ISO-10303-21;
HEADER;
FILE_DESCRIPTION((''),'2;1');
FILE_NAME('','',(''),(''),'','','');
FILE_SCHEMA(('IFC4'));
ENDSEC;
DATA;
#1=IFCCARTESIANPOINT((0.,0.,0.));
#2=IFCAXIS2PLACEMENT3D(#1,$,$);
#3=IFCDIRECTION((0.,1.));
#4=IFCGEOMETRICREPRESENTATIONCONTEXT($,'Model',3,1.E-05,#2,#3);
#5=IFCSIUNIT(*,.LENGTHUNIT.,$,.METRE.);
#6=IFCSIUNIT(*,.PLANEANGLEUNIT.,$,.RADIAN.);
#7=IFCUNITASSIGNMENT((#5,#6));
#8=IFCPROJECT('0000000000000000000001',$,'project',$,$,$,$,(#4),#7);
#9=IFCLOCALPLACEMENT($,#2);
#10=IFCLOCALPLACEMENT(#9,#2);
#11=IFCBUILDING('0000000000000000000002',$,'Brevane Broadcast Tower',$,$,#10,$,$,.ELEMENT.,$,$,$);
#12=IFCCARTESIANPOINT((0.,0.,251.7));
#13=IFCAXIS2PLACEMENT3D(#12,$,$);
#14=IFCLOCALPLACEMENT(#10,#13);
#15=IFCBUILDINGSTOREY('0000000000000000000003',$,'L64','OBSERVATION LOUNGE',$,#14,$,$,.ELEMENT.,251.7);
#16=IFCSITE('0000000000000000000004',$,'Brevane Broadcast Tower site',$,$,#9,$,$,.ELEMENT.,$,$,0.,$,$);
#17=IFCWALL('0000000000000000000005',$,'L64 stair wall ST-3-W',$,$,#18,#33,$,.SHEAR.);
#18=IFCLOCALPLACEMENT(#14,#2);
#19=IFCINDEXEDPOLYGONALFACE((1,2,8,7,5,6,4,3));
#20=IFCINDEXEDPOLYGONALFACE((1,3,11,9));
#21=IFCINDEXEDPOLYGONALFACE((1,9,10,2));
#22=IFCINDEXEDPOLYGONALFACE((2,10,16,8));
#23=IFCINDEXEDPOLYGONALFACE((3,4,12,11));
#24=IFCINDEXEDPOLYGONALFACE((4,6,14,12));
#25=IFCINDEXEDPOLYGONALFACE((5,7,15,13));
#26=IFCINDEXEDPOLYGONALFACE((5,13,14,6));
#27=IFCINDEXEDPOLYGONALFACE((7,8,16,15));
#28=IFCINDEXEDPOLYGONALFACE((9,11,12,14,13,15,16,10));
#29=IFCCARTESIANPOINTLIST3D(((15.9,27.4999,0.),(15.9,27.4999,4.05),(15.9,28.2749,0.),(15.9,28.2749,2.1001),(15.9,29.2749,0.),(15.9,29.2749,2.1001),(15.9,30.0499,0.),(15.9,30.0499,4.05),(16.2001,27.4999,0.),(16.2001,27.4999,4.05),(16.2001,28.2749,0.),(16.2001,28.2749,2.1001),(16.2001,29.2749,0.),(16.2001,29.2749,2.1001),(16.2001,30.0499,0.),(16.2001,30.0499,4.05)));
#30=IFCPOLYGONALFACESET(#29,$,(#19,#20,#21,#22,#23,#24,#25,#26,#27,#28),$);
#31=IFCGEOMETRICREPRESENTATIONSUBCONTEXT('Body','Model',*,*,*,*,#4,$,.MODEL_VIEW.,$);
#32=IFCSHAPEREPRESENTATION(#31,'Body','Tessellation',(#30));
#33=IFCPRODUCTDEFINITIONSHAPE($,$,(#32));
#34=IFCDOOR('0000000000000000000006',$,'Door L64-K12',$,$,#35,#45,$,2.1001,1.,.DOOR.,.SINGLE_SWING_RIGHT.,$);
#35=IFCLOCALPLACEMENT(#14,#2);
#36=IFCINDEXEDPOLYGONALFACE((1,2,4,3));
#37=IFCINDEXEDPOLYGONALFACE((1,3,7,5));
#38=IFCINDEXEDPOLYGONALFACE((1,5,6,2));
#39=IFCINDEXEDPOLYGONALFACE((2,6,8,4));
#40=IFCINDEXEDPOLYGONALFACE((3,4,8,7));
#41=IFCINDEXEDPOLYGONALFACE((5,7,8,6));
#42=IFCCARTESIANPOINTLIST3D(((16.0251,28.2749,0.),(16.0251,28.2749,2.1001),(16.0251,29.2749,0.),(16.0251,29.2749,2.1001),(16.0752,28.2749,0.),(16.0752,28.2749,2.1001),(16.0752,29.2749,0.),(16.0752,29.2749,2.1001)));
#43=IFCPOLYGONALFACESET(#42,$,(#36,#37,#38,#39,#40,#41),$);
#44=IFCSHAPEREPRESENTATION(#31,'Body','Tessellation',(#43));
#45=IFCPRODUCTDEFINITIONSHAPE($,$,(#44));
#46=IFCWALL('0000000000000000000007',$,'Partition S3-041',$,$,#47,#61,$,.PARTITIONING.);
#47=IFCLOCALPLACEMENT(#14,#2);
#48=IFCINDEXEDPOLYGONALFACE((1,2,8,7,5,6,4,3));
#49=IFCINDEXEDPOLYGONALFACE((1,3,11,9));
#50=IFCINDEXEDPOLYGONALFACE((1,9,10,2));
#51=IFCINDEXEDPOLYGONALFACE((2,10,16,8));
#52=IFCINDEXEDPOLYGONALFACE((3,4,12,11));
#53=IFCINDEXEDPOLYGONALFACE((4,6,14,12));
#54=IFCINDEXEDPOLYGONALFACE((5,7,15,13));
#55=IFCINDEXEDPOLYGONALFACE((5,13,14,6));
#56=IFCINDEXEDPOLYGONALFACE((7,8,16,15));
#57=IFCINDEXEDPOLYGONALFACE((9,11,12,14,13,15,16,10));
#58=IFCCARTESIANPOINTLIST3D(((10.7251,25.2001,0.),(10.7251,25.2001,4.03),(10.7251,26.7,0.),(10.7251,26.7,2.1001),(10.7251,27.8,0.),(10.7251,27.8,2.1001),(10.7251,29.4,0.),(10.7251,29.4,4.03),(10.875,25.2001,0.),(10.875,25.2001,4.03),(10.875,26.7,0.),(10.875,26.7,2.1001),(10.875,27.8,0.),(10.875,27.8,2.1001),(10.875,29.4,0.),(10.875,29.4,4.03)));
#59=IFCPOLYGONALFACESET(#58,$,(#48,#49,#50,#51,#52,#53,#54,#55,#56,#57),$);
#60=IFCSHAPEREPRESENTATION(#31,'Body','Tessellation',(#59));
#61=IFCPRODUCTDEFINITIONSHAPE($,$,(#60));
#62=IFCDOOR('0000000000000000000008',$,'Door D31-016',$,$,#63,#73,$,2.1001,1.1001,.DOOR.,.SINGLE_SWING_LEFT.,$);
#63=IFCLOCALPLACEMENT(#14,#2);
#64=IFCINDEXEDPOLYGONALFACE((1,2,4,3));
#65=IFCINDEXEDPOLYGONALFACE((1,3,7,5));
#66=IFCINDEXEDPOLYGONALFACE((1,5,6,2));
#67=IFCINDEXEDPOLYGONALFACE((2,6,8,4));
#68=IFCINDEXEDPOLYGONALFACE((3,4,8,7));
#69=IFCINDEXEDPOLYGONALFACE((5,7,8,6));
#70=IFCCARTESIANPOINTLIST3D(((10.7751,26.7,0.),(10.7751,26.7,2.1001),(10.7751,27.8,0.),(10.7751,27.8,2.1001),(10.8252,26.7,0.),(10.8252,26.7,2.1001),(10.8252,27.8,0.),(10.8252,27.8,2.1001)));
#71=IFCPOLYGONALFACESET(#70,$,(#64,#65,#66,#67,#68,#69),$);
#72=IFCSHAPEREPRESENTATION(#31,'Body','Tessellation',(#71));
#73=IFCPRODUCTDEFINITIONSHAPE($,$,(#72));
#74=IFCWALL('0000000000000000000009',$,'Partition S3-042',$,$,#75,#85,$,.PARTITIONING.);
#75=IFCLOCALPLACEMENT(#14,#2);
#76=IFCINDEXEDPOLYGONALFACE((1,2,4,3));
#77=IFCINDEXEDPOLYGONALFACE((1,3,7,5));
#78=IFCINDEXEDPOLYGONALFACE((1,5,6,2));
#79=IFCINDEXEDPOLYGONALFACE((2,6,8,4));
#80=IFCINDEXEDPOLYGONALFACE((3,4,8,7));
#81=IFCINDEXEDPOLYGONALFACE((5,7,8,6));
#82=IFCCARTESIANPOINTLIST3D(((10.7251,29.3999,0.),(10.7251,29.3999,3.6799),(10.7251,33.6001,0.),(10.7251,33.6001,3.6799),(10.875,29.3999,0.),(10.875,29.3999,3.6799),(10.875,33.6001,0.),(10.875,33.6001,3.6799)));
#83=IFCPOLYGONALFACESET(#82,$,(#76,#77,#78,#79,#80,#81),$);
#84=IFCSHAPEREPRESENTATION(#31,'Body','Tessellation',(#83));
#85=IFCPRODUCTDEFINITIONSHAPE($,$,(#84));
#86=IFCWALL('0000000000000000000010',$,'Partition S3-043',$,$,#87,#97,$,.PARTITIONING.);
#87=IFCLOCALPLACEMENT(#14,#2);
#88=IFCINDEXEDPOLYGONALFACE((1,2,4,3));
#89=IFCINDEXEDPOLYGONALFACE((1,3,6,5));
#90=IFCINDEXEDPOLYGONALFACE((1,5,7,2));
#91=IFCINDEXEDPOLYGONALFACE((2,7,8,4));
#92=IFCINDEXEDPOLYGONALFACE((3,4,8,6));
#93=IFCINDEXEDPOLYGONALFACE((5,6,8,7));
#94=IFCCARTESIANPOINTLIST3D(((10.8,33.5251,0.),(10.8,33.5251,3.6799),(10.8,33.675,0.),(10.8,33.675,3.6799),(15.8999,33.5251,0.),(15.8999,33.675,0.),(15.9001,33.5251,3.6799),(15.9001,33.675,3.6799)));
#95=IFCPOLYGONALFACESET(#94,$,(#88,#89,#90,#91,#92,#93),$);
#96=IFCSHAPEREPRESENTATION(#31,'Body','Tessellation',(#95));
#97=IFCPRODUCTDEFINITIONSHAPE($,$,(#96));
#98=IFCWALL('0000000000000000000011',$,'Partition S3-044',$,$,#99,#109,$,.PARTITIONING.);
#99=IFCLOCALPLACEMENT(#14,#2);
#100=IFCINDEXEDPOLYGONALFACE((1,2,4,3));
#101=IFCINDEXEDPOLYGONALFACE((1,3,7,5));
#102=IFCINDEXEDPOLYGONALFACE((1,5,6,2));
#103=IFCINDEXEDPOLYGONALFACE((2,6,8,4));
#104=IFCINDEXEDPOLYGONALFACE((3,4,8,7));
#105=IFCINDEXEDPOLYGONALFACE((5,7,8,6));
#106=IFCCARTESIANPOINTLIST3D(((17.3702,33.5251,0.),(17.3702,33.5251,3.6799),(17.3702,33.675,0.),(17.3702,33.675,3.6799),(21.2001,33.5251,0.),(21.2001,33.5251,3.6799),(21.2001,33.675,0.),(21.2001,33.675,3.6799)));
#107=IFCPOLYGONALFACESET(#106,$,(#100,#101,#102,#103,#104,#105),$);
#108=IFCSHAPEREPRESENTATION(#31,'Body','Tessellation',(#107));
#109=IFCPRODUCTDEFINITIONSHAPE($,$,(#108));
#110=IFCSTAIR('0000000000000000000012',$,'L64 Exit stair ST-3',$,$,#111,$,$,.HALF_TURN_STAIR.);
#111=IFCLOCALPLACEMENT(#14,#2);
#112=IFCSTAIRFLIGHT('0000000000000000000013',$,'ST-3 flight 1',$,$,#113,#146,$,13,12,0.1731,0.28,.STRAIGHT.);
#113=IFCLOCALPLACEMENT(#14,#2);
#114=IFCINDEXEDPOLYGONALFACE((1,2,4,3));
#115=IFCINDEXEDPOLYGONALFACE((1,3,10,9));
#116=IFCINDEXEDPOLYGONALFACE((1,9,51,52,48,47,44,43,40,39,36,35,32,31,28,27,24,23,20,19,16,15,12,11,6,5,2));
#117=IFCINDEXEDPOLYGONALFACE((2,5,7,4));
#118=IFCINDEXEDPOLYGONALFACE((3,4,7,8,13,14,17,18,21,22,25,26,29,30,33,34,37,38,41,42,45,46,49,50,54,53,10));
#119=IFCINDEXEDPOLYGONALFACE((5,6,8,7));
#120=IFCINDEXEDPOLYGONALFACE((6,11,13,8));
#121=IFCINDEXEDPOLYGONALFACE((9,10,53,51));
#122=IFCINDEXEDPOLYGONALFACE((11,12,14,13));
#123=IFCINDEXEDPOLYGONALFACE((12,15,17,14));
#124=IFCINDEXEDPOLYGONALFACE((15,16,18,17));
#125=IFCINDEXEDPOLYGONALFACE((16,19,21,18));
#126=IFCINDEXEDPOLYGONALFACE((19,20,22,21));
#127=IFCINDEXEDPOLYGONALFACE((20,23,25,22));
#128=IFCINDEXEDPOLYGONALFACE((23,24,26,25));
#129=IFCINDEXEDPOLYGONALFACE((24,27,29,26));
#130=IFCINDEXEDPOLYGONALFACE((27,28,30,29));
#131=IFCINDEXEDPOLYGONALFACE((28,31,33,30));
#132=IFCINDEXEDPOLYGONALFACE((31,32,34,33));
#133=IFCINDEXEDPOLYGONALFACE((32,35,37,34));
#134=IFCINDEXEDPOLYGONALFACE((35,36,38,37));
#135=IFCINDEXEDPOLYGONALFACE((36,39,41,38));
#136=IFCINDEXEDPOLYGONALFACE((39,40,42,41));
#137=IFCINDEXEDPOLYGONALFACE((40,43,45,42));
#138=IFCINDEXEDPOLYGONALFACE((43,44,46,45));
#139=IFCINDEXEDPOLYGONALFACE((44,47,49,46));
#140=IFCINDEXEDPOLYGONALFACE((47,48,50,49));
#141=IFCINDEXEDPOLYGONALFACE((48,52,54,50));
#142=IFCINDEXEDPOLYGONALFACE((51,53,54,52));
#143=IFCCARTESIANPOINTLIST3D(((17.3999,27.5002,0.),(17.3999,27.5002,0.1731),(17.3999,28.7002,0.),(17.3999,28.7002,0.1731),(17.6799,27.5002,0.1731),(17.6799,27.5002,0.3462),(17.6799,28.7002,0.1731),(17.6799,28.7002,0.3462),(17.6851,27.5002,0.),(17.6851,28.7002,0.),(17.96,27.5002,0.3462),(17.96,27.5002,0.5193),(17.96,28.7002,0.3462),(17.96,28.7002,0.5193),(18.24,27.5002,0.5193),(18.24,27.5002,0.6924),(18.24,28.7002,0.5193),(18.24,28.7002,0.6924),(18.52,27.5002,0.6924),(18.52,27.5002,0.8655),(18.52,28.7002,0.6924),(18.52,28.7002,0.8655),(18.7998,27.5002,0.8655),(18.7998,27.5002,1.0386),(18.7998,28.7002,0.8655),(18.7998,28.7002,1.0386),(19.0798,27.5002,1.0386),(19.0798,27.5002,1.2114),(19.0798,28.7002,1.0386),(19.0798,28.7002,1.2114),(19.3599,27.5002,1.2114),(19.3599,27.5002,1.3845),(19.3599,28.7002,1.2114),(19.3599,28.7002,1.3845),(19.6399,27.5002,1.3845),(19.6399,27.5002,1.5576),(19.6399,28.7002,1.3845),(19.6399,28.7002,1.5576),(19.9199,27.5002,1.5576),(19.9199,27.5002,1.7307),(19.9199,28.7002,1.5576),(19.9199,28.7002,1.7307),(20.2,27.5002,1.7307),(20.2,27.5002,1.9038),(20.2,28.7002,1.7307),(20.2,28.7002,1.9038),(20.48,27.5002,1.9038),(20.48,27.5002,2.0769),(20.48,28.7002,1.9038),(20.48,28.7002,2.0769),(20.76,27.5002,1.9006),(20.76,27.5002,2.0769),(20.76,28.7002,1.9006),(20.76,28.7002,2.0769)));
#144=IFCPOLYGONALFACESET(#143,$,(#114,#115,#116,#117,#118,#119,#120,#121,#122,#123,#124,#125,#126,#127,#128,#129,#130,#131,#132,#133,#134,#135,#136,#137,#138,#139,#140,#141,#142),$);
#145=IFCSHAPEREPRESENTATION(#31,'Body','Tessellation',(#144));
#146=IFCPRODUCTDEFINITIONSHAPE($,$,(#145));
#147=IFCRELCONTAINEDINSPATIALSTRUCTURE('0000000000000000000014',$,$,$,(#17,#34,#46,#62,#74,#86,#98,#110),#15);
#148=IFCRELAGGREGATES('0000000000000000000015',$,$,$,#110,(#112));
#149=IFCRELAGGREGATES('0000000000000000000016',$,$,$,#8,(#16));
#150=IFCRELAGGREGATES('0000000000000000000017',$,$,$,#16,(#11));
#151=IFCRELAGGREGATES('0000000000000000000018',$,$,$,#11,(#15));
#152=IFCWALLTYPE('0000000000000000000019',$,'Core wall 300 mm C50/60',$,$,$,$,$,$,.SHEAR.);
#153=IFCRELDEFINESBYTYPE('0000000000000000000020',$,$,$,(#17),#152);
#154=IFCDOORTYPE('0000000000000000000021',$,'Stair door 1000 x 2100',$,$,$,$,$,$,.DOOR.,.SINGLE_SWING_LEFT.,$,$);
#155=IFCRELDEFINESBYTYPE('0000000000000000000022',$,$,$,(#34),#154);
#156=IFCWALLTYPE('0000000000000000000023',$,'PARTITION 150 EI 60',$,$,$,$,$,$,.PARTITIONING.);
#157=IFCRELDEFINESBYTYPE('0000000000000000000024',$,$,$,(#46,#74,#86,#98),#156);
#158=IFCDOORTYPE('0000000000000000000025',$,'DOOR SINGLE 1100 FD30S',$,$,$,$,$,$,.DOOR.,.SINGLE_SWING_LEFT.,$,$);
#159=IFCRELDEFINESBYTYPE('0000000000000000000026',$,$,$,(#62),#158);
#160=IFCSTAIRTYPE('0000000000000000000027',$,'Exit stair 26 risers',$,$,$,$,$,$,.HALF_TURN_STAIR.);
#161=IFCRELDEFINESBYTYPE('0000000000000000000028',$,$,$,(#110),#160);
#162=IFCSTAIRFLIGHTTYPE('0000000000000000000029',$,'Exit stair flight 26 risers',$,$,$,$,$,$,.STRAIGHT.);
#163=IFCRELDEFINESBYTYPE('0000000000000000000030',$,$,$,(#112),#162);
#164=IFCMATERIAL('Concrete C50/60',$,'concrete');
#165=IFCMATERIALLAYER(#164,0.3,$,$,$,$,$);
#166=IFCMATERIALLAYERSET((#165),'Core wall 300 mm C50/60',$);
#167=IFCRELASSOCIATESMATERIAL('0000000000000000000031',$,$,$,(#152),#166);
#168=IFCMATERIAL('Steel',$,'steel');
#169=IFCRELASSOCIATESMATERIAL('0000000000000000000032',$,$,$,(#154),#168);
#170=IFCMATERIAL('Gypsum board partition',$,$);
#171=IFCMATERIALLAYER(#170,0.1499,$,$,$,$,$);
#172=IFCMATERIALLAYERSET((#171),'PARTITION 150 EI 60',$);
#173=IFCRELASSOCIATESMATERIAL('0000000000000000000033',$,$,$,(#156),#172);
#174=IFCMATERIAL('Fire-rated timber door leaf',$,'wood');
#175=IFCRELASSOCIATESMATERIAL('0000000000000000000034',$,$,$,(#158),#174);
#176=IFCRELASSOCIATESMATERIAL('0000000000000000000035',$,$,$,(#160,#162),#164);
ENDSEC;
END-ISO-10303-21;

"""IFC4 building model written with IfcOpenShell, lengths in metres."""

from ifc_helpers import new_model, si_unit, direction, frame, frame_2d, origin, place, context, subcontext, project, spatial, polyline, rectangle, outline, extrude, material, layer, layer_set, type_object, element, fill, aggregate, save


model = new_model("IFC4")

# Units and contexts
model_context = context("Model", 3, precision=1e-05, world=origin(), true_north=direction((0.0, 1.0)))
body_context = subcontext(model_context, "Body", "Model", "MODEL_VIEW")
ifc_project = project(units=[si_unit("LENGTHUNIT", "METRE"), si_unit("PLANEANGLEUNIT", "RADIAN")], contexts=[model_context])

# Site, building, storey
site_placement = place(None, origin())
site = spatial("IfcSite", under=ifc_project, at=site_placement, Name="Brevane Broadcast Tower site", CompositionType="ELEMENT", RefElevation=0.0)
building_placement = place(site_placement, origin())
building = spatial("IfcBuilding", under=site, at=building_placement, Name="Brevane Broadcast Tower", CompositionType="ELEMENT")
storey_placement = place(building_placement, frame((0.0, 0.0, 251.7)))
storey = spatial("IfcBuildingStorey", under=building, at=storey_placement, Name="L64", Description="OBSERVATION LOUNGE", CompositionType="ELEMENT", Elevation=251.7)

# Shared definitions
ifc_material_1 = material(Name="Concrete C50/60", Category="concrete")

# Shared definitions
ifc_layer_1 = layer(ifc_material_1, 0.3)
ifc_layer_set_1 = layer_set([ifc_layer_1], Name="Core wall 300 mm C50/60")
wall_type_1 = type_object("IfcWallType", Name="Core wall 300 mm C50/60", PredefinedType="SHEAR", material=ifc_layer_set_1)

# Walls, openings, doors
wall_1_placement = place(storey_placement, frame((16.05, 27.5, 0.0), z_axis=(0.0, 0.0, 1.0), x_axis=(0.0, 1.0, 0.0)))
wall_1 = element("IfcWall", 1, at=wall_1_placement, inside=storey, type_object=wall_type_1, Name="L64 stair wall ST-3-W", PredefinedType="SHEAR", context=body_context, shape_type="SweptSolid", body=[
    extrude(rectangle(XDim=2.55, YDim=0.3, at=frame_2d((1.2749, 0.0))), origin(), (0.0, 0.0, 1.0), 4.05),
])
opening_1_placement = place(wall_1_placement, frame((0.7749, 0.0, 0.0)))
opening_1 = element("IfcOpeningElement", 2, at=opening_1_placement, cuts=wall_1, PredefinedType="OPENING", context=body_context, shape_type="SweptSolid", body=[
    extrude(rectangle(XDim=1.0, YDim=2.1001, at=frame_2d((0.5, 1.05))), frame((0.0, 0.1599, 0.0), z_axis=(0.0, -1.0, 0.0), x_axis=(1.0, 0.0, 0.0)), (0.0, 0.0, 1.0), 0.3201),
])
ifc_material_2 = material(Name="Steel", Category="steel")
door_type_1 = type_object("IfcDoorType", Name="Stair door 1000 x 2100", OperationType="SINGLE_SWING_LEFT", PredefinedType="DOOR", material=ifc_material_2)
door_1_placement = place(opening_1_placement, origin())
door_1 = element("IfcDoor", 3, at=door_1_placement, inside=storey, type_object=door_type_1, Name="Door L64-K12", OperationType="SINGLE_SWING_RIGHT", OverallHeight=2.1001, OverallWidth=1.0, PredefinedType="DOOR", context=body_context, shape_type="SweptSolid", body=[
    extrude(rectangle(XDim=1.0, YDim=2.1001, at=frame_2d((0.5, 1.05))), frame((0.0, 0.0249, 0.0), z_axis=(0.0, -1.0, 0.0), x_axis=(1.0, 0.0, 0.0)), (0.0, 0.0, 1.0), 0.05),
])
fill(opening_1, door_1)
ifc_material_3 = material(Name="Gypsum board partition")
ifc_layer_2 = layer(ifc_material_3, 0.1499)
ifc_layer_set_2 = layer_set([ifc_layer_2], Name="PARTITION 150 EI 60")
wall_type_2 = type_object("IfcWallType", Name="PARTITION 150 EI 60", PredefinedType="PARTITIONING", material=ifc_layer_set_2)
wall_2_placement = place(storey_placement, frame((10.8, 25.2, 0.0), z_axis=(0.0, 0.0, 1.0), x_axis=(0.0, 1.0, 0.0)))
wall_2 = element("IfcWall", 4, at=wall_2_placement, inside=storey, type_object=wall_type_2, Name="Partition S3-041", PredefinedType="PARTITIONING", context=body_context, shape_type="SweptSolid", body=[
    extrude(rectangle(XDim=4.2, YDim=0.1499, at=frame_2d((2.1001, 0.0))), origin(), (0.0, 0.0, 1.0), 4.03),
])
opening_2_placement = place(wall_2_placement, frame((1.5, 0.0, 0.0)))
opening_2 = element("IfcOpeningElement", 5, at=opening_2_placement, cuts=wall_2, PredefinedType="OPENING", context=body_context, shape_type="SweptSolid", body=[
    extrude(rectangle(XDim=1.1001, YDim=2.1001, at=frame_2d((0.55, 1.05))), frame((0.0, 0.085, 0.0), z_axis=(0.0, -1.0, 0.0), x_axis=(1.0, 0.0, 0.0)), (0.0, 0.0, 1.0), 0.1699),
])
ifc_material_4 = material(Name="Fire-rated timber door leaf", Category="wood")
door_type_2 = type_object("IfcDoorType", Name="DOOR SINGLE 1100 FD30S", OperationType="SINGLE_SWING_LEFT", PredefinedType="DOOR", material=ifc_material_4)
door_2_placement = place(opening_2_placement, origin())
door_2 = element("IfcDoor", 6, at=door_2_placement, inside=storey, type_object=door_type_2, Name="Door D31-016", OperationType="SINGLE_SWING_LEFT", OverallHeight=2.1001, OverallWidth=1.1001, PredefinedType="DOOR", context=body_context, shape_type="SweptSolid", body=[
    extrude(rectangle(XDim=1.1001, YDim=2.1001, at=frame_2d((0.55, 1.05))), frame((0.0, 0.0249, 0.0), z_axis=(0.0, -1.0, 0.0), x_axis=(1.0, 0.0, 0.0)), (0.0, 0.0, 1.0), 0.05),
])
fill(opening_2, door_2)

# Walls
wall_3_placement = place(storey_placement, frame((10.8, 29.3999, 0.0), z_axis=(0.0, 0.0, 1.0), x_axis=(0.0, 1.0, 0.0)))
element("IfcWall", 7, at=wall_3_placement, inside=storey, type_object=wall_type_2, Name="Partition S3-042", PredefinedType="PARTITIONING", context=body_context, shape_type="SweptSolid", body=[
    extrude(rectangle(XDim=4.2002, YDim=0.1499, at=frame_2d((2.1001, 0.0))), origin(), (0.0, 0.0, 1.0), 3.6799),
])
wall_4_placement = place(storey_placement, frame((10.8, 33.6001, 0.0), z_axis=(0.0, 0.0, 1.0), x_axis=(1.0, 0.0, 0.0)))
element("IfcWall", 8, at=wall_4_placement, inside=storey, type_object=wall_type_2, Name="Partition S3-043", PredefinedType="PARTITIONING", context=body_context, shape_type="SweptSolid", body=[
    extrude(outline(polyline([(0.0, 0.0), (5.0999, 0.0), (5.1001, 3.6799), (0.0, 3.6799), (0.0, 0.0)])), frame((0.0, 0.075, 0.0), z_axis=(0.0, -1.0, 0.0), x_axis=(1.0, 0.0, 0.0)), (0.0, 0.0, 1.0), 0.1499),
])
wall_5_placement = place(storey_placement, frame((17.3701, 33.6001, 0.0), z_axis=(0.0, 0.0, 1.0), x_axis=(1.0, 0.0, 0.0)))
element("IfcWall", 9, at=wall_5_placement, inside=storey, type_object=wall_type_2, Name="Partition S3-044", PredefinedType="PARTITIONING", context=body_context, shape_type="SweptSolid", body=[
    extrude(rectangle(XDim=3.8298, YDim=0.1499, at=frame_2d((1.915, 0.0))), origin(), (0.0, 0.0, 1.0), 3.6799),
])

# Stair, stair flight
stair_type = type_object("IfcStairType", Name="Exit stair 26 risers", PredefinedType="HALF_TURN_STAIR", material=ifc_material_1)
stair_placement = place(storey_placement, origin())
stair = element("IfcStair", 10, at=stair_placement, inside=storey, type_object=stair_type, Name="L64 Exit stair ST-3", PredefinedType="HALF_TURN_STAIR")
stair_flight_type = type_object("IfcStairFlightType", Name="Exit stair flight 26 risers", PredefinedType="STRAIGHT", material=ifc_material_1)
stair_flight_placement = place(storey_placement, frame((17.3999, 28.1001, 0.0), z_axis=(0.0, 0.0, 1.0), x_axis=(1.0, 0.0, 0.0)))
stair_flight = element("IfcStairFlight", 11, at=stair_flight_placement, type_object=stair_flight_type, Name="ST-3 flight 1", NumberOfRisers=13, NumberOfTreads=12, PredefinedType="STRAIGHT", RiserHeight=0.1731, TreadLength=0.28, context=body_context, shape_type="SweptSolid", body=[
    extrude(outline(polyline([(0.0, 0.0), (0.0, 0.1731), (0.28, 0.1731), (0.28, 0.3462), (0.5601, 0.3462), (0.5601, 0.5193), (0.8401, 0.5193), (0.8401, 0.6924), (1.1201, 0.6924), (1.1201, 0.8655), (1.3999, 0.8655), (1.3999, 1.0386), (1.6799, 1.0386), (1.6799, 1.2114), (1.96, 1.2114), (1.96, 1.3845), (2.24, 1.3845), (2.24, 1.5576), (2.52, 1.5576), (2.52, 1.7307), (2.8, 1.7307), (2.8, 1.9038), (3.0801, 1.9038), (3.0801, 2.0769), (3.3601, 2.0769), (3.3601, 2.25), (3.3601, 1.9006), (0.2852, 0.0), (0.0, 0.0)])), frame((0.0, 0.6001, 0.0), z_axis=(0.0, -1.0, 0.0), x_axis=(1.0, 0.0, 0.0)), (0.0, 0.0, 1.0), 1.2),
])
aggregate(stair, [stair_flight])

save(model, "model.ifc")
